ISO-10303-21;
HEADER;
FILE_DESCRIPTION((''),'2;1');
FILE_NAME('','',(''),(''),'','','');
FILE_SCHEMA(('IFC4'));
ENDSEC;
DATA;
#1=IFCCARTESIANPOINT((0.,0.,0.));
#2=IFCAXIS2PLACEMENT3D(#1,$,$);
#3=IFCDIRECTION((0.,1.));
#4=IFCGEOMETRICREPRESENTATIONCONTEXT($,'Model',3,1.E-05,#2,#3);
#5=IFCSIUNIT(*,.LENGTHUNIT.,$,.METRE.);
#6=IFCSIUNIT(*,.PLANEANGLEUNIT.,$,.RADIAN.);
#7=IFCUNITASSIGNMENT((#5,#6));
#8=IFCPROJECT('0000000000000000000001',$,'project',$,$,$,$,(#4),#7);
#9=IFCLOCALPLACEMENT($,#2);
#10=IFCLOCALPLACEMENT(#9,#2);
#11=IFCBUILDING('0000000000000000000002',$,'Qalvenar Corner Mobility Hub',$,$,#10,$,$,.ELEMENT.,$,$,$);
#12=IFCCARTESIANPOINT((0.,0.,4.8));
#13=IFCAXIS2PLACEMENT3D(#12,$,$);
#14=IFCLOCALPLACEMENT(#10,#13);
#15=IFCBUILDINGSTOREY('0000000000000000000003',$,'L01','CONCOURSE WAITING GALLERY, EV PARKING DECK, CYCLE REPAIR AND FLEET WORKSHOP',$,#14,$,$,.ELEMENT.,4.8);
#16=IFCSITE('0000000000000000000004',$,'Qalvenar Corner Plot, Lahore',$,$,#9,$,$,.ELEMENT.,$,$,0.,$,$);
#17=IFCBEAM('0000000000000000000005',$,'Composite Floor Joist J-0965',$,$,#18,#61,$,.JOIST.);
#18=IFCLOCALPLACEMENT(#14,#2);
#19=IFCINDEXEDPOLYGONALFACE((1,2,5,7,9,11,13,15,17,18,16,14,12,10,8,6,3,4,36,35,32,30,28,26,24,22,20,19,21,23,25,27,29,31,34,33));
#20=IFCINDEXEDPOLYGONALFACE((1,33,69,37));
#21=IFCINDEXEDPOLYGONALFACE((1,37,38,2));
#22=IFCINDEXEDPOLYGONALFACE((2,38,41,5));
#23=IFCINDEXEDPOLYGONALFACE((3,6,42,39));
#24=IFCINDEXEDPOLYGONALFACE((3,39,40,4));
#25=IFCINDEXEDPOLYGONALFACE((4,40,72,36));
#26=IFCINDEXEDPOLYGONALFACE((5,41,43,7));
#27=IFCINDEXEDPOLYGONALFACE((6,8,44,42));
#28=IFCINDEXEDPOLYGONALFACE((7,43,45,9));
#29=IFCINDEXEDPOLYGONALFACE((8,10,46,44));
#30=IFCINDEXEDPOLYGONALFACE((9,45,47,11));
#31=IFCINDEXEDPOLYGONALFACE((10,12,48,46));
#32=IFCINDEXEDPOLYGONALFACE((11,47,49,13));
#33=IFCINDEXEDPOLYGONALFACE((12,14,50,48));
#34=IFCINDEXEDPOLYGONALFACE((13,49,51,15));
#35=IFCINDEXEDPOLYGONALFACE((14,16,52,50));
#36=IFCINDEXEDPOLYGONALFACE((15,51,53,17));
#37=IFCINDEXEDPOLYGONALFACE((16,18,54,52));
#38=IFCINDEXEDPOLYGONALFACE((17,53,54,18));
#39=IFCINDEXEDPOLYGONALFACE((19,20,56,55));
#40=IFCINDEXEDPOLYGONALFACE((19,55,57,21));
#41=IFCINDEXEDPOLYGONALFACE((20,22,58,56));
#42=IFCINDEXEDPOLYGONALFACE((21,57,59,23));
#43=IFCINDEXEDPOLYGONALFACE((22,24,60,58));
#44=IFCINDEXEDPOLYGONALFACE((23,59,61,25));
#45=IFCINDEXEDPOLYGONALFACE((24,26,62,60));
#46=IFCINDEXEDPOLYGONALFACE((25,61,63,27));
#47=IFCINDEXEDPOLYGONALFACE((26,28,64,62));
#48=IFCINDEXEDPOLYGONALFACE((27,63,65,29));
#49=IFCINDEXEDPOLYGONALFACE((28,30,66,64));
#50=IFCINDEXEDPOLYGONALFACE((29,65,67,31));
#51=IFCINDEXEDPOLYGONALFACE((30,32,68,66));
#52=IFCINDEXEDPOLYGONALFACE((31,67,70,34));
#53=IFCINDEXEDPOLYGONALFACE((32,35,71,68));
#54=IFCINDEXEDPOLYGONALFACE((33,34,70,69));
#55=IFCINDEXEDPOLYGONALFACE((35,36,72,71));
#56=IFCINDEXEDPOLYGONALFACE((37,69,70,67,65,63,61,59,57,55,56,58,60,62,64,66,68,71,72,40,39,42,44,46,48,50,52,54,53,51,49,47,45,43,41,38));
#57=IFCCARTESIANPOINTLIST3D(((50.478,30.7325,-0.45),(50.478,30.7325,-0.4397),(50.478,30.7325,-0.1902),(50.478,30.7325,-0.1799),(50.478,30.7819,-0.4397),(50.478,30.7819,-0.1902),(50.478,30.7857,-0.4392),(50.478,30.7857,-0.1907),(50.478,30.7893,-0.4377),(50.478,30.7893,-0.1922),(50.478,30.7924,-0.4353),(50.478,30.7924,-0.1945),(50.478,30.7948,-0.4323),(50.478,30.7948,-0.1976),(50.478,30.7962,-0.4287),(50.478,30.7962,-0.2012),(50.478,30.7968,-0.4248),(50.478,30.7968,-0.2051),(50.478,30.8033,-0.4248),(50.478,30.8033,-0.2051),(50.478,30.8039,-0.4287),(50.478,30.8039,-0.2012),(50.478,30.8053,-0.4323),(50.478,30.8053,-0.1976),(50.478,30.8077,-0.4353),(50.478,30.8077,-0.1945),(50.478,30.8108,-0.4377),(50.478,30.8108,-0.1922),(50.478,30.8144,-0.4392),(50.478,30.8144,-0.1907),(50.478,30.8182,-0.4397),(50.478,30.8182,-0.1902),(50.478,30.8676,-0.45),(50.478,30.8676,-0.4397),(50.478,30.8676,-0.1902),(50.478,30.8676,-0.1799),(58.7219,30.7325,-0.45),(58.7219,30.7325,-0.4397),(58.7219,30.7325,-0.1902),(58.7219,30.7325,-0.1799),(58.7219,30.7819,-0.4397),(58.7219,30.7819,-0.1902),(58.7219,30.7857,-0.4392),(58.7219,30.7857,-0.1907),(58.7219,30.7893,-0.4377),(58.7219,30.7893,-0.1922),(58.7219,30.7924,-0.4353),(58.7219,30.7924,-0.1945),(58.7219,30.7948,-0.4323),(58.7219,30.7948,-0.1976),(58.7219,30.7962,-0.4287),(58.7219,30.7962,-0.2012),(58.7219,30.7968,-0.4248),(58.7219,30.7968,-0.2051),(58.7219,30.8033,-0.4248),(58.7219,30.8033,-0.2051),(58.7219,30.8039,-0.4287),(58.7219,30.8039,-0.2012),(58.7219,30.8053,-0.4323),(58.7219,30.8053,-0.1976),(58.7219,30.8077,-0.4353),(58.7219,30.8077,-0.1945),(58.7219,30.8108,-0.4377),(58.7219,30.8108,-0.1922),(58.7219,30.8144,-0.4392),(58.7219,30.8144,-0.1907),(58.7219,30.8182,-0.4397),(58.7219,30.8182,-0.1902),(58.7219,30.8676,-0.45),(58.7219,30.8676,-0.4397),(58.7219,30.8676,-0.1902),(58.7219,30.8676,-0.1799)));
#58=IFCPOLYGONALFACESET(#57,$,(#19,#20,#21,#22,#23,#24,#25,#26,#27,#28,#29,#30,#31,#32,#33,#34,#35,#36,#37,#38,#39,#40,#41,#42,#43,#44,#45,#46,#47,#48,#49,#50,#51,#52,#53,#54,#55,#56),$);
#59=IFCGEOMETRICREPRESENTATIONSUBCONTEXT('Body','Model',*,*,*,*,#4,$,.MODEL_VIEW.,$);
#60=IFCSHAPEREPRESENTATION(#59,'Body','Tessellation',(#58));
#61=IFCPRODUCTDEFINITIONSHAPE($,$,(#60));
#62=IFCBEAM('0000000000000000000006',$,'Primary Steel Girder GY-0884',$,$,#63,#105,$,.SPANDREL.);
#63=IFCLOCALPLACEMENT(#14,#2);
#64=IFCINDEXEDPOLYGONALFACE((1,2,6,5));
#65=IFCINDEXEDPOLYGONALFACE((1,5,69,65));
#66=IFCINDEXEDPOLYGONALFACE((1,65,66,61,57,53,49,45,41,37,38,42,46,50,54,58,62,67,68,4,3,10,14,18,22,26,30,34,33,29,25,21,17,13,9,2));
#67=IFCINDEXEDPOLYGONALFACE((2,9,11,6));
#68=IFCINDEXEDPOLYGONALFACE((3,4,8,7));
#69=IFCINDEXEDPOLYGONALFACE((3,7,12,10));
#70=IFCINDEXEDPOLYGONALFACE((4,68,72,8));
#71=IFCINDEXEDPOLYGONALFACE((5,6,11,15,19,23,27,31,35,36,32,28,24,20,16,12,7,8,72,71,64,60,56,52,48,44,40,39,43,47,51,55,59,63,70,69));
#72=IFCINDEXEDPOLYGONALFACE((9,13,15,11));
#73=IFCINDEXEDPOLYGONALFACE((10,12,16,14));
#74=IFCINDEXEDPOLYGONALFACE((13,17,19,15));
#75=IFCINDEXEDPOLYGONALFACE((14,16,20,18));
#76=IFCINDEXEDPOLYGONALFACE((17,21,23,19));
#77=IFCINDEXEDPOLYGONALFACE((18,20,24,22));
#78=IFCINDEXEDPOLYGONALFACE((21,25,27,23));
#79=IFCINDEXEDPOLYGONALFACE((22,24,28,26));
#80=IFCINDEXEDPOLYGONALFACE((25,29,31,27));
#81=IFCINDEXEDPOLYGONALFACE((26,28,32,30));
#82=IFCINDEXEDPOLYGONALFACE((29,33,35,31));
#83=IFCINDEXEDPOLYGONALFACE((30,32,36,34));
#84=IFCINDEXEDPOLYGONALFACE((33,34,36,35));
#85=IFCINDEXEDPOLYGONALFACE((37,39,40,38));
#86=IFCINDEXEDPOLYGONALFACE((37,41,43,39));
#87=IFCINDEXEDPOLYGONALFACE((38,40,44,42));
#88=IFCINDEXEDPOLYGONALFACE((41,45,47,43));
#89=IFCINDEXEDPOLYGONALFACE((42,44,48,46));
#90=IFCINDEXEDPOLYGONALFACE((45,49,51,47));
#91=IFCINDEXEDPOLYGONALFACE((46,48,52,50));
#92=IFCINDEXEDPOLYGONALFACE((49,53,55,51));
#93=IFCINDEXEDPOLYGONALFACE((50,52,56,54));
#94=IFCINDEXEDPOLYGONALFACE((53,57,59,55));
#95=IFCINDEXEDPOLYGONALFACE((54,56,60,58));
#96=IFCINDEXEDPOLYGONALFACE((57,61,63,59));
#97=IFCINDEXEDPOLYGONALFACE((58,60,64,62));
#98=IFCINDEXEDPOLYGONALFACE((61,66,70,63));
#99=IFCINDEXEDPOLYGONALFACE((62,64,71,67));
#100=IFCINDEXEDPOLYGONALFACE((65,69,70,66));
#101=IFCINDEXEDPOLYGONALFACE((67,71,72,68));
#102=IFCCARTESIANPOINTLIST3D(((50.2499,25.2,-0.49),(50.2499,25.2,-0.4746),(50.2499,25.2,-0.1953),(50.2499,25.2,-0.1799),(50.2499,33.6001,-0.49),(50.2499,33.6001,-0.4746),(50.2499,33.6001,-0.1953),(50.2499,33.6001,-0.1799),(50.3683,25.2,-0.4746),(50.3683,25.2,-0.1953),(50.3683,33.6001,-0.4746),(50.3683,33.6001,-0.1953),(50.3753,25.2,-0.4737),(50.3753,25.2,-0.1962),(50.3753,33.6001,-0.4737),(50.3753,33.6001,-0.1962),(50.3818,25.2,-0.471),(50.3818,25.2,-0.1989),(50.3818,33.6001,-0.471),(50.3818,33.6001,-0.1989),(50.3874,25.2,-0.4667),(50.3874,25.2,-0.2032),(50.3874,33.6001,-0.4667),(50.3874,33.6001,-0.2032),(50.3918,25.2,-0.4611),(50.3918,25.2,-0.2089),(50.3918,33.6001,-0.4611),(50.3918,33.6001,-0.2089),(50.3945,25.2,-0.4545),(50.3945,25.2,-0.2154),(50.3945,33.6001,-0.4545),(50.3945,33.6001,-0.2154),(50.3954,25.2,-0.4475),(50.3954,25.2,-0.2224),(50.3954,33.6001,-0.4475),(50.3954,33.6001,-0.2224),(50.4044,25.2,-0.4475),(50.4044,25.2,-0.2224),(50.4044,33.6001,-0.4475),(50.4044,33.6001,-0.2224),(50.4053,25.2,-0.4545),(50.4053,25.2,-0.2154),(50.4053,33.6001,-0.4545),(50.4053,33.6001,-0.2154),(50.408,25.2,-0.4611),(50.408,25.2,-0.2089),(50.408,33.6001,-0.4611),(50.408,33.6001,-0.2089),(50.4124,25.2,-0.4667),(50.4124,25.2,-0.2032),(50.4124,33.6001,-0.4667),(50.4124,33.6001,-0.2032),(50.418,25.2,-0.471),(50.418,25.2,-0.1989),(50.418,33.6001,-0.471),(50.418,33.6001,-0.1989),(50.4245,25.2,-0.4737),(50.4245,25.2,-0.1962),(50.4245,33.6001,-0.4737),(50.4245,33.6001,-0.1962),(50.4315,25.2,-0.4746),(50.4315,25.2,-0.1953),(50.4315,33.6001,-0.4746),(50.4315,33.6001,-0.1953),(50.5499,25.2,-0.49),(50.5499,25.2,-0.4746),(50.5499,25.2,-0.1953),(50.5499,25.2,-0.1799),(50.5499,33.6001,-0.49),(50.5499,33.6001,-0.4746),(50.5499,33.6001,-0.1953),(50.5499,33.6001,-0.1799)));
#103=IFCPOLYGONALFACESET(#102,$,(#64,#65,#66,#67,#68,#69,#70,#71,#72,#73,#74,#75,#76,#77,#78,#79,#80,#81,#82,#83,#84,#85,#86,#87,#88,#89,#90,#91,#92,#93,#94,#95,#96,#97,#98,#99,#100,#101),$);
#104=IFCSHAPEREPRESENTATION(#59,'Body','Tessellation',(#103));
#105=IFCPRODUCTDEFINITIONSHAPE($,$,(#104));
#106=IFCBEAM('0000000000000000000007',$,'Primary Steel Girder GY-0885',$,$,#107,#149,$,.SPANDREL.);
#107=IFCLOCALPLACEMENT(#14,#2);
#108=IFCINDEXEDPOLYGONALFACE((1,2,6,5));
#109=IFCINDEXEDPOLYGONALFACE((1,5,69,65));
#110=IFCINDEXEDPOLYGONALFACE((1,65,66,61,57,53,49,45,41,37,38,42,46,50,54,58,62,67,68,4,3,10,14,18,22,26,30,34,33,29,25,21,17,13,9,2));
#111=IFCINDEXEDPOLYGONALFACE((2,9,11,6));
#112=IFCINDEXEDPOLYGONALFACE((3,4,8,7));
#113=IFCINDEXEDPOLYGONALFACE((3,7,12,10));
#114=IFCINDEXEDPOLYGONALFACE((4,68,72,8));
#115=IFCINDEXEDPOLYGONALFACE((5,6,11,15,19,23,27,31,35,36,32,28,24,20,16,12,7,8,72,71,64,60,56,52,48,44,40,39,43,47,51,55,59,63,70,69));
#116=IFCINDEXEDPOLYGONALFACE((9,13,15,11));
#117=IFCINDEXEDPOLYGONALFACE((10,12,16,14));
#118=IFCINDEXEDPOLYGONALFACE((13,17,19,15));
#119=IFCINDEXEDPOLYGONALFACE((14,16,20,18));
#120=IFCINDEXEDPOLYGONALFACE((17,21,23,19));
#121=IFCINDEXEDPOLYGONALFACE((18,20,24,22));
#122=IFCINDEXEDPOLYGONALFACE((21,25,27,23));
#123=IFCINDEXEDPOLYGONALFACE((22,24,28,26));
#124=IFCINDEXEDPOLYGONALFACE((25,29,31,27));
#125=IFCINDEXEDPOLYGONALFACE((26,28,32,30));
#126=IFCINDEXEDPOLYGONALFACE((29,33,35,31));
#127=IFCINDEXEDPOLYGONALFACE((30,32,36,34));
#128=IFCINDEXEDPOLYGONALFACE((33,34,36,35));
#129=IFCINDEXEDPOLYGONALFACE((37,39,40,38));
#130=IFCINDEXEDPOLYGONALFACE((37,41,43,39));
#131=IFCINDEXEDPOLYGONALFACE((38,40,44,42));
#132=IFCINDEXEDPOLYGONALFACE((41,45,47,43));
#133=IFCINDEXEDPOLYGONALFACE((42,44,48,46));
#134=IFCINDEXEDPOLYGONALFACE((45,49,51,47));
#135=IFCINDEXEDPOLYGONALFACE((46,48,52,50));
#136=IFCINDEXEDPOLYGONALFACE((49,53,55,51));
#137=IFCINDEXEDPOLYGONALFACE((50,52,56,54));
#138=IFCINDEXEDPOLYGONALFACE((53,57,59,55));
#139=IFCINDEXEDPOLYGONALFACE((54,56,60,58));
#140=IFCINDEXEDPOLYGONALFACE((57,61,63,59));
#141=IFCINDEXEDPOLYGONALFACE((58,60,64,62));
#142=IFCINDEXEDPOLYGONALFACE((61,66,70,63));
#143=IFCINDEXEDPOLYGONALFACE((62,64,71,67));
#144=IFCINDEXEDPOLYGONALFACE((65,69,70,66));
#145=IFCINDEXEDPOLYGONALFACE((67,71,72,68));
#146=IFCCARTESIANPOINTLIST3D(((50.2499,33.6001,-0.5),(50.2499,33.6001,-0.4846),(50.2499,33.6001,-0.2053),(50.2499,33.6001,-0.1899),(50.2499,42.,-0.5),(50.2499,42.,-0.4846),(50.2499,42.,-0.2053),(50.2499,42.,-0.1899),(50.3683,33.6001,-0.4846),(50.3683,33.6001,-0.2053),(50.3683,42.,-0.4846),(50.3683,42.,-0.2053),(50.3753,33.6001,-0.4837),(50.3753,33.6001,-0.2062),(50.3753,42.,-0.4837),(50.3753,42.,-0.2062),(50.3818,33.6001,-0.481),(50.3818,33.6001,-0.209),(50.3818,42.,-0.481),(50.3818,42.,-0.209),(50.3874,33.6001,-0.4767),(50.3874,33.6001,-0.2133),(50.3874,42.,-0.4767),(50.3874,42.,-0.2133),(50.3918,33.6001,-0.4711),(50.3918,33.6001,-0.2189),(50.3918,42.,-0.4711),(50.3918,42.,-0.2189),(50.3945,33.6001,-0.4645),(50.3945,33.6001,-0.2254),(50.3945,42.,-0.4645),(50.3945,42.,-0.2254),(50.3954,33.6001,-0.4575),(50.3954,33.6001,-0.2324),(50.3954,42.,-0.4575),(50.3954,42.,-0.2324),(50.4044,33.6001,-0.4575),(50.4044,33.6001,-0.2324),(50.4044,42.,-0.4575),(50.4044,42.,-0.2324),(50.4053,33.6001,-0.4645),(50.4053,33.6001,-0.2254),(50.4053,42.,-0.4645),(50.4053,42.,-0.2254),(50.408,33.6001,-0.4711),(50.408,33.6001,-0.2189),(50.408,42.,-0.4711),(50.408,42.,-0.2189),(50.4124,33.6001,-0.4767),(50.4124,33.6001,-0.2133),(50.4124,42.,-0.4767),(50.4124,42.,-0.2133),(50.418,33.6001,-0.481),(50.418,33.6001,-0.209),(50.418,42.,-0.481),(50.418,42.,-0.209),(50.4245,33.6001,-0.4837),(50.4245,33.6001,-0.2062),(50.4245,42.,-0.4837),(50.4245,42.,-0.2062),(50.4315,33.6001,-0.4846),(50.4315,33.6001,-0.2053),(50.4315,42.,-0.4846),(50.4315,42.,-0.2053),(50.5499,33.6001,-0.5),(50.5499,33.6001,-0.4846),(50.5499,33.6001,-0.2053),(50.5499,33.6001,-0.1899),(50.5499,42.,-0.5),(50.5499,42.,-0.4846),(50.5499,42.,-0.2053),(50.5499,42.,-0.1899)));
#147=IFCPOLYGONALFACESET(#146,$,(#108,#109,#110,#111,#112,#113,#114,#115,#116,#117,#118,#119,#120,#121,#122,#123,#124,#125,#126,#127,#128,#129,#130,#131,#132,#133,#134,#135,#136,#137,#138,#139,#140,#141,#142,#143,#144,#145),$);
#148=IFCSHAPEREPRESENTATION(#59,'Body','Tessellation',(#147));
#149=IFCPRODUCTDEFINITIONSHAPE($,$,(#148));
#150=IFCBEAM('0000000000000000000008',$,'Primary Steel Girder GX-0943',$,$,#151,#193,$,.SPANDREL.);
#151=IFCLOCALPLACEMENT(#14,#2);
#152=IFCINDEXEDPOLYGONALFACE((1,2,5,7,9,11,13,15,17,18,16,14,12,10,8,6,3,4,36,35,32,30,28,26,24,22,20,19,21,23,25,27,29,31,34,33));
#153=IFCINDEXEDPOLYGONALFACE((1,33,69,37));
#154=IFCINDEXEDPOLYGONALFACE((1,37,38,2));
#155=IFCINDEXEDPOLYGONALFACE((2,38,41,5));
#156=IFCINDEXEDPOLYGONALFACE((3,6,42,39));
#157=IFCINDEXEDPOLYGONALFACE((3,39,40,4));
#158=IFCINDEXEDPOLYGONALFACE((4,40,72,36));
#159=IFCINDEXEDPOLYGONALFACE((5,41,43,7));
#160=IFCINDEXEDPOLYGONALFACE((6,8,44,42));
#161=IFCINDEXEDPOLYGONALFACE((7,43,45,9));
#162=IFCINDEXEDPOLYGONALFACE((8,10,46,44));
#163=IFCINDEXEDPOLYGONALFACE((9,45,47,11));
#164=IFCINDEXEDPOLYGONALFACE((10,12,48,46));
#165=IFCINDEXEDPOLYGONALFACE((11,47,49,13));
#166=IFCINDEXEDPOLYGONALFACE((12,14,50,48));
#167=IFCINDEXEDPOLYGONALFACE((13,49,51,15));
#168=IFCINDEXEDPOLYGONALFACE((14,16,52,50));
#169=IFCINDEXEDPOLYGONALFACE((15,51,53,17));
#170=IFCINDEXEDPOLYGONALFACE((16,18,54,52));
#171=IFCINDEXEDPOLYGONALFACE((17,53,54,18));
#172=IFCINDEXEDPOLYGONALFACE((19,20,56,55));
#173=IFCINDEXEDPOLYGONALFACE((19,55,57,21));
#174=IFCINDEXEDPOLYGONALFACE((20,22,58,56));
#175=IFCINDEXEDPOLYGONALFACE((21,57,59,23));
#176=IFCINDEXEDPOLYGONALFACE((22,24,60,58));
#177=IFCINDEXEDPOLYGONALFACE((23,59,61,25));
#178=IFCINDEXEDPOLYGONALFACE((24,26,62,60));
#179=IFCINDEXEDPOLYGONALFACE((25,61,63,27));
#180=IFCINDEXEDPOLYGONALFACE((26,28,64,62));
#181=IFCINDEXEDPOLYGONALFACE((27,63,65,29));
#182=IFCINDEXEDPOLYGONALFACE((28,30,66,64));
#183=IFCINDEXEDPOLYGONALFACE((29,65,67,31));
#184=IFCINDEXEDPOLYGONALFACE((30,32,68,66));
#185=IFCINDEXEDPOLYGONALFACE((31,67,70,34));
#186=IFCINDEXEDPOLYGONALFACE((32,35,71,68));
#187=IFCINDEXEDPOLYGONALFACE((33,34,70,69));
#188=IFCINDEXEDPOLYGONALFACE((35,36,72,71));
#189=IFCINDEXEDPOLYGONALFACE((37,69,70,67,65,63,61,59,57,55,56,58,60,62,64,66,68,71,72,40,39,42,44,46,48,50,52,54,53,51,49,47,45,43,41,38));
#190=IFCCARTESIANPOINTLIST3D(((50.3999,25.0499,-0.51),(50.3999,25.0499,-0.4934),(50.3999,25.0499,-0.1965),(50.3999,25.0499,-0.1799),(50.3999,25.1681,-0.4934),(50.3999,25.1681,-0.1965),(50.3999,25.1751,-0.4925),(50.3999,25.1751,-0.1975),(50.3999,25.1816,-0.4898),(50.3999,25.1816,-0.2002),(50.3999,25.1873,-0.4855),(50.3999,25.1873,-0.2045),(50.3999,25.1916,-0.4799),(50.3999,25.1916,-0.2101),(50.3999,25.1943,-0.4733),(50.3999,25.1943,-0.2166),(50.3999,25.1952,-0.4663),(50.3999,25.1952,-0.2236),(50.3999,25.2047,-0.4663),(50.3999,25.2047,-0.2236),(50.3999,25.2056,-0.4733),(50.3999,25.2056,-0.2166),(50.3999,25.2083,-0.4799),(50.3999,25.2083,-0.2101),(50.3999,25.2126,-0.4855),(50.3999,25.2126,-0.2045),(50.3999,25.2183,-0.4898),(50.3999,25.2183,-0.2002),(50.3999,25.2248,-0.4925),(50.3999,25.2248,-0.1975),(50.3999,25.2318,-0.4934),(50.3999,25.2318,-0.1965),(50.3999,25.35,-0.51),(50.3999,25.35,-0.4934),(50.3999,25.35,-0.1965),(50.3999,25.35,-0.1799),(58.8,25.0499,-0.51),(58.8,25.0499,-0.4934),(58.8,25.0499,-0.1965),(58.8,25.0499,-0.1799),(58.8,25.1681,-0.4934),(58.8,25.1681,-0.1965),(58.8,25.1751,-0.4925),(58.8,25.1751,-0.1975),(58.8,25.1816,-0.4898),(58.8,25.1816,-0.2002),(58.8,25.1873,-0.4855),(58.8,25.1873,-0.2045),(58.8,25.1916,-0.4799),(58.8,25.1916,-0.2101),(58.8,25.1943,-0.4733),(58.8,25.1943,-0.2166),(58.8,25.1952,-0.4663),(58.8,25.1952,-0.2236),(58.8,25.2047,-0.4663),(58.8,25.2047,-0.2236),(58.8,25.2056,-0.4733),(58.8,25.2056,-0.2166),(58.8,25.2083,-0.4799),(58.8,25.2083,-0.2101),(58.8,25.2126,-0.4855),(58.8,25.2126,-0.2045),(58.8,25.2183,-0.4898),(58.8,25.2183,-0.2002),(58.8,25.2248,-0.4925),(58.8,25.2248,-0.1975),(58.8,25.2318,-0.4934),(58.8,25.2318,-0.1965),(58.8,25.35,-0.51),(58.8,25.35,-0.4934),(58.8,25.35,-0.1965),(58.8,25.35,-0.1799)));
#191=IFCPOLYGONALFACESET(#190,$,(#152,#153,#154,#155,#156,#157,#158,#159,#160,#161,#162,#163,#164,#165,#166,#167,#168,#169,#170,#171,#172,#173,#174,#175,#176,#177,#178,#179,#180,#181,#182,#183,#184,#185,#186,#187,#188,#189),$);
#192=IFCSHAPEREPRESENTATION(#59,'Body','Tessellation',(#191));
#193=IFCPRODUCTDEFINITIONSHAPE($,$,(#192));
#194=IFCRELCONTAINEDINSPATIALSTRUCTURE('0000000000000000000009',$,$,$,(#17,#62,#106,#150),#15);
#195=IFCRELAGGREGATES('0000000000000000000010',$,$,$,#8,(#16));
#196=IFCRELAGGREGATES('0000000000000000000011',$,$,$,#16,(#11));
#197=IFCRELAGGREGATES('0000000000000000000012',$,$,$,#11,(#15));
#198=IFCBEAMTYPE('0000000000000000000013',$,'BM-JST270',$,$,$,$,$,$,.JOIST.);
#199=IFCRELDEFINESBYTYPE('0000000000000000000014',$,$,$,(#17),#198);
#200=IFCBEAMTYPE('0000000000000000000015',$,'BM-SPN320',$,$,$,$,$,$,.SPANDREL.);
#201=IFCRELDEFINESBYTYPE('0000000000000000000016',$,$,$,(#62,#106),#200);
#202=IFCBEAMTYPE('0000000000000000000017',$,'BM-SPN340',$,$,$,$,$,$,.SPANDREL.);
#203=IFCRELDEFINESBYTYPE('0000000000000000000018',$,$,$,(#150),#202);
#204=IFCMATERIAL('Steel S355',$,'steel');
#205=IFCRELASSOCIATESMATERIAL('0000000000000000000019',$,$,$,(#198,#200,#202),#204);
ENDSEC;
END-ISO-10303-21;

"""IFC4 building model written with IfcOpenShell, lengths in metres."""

from ifc_helpers import new_model, si_unit, direction, frame, origin, origin_2d, place, context, subcontext, project, spatial, i_section, extrude, material, material_profile, profile_set, type_object, element, save


model = new_model("IFC4")

# Units and contexts
model_context = context("Model", 3, precision=1e-05, world=origin(), true_north=direction((0.0, 1.0)))
body_context = subcontext(model_context, "Body", "Model", "MODEL_VIEW")
ifc_project = project(units=[si_unit("LENGTHUNIT", "METRE"), si_unit("PLANEANGLEUNIT", "RADIAN")], contexts=[model_context])

# Site, building, storey
site_placement = place(None, origin())
site = spatial("IfcSite", under=ifc_project, at=site_placement, Name="Qalvenar Corner Plot, Lahore", CompositionType="ELEMENT", RefElevation=0.0)
building_placement = place(site_placement, origin())
building = spatial("IfcBuilding", under=site, at=building_placement, Name="Qalvenar Corner Mobility Hub", CompositionType="ELEMENT")
storey_placement = place(building_placement, frame((0.0, 0.0, 4.8)))
storey = spatial("IfcBuildingStorey", under=building, at=storey_placement, Name="L01", Description="CONCOURSE WAITING GALLERY, EV PARKING DECK, CYCLE REPAIR AND FLEET WORKSHOP", CompositionType="ELEMENT", Elevation=4.8)

# Shared definitions
ifc_material_1 = material(Name="Steel S355", Category="steel")

# Beams
ifc_material_profile_1 = material_profile(ifc_material_1, i_section(OverallWidth=0.135, OverallDepth=0.27, WebThickness=0.0066, FlangeThickness=0.0103, FilletRadius=0.0149, at=origin_2d()), Name="IPE270")
ifc_profile_set_1 = profile_set([ifc_material_profile_1], Name="Steel S355")
beam_type_1 = type_object("IfcBeamType", Name="BM-JST270", PredefinedType="JOIST", material=ifc_profile_set_1)
for number, where, z_axis, x_axis, name in (
    (1, (50.478, 30.8, -0.3149), (1.0, 0.0, 0.0), (0.0, 1.0, 0.0), "Composite Floor Joist J-0965"),
):
    element("IfcBeam", number, at=place(storey_placement, frame(where, z_axis=z_axis, x_axis=x_axis)), inside=storey, type_object=beam_type_1, Name=name, PredefinedType="JOIST", context=body_context, shape_type="SweptSolid", body=[
        extrude(i_section(OverallWidth=0.135, OverallDepth=0.27, WebThickness=0.0066, FlangeThickness=0.0103, FilletRadius=0.0149, at=origin_2d()), origin(), (0.0, 0.0, 1.0), 8.2439),
    ])
ifc_material_profile_2 = material_profile(ifc_material_1, i_section(OverallWidth=0.3, OverallDepth=0.3101, WebThickness=0.009, FlangeThickness=0.0154, FilletRadius=0.0271, at=origin_2d()), Name="HEA320")
ifc_profile_set_2 = profile_set([ifc_material_profile_2], Name="Steel S355")
beam_type_2 = type_object("IfcBeamType", Name="BM-SPN320", PredefinedType="SPANDREL", material=ifc_profile_set_2)
beam_1_placement = place(storey_placement, frame((50.3999, 25.2, -0.335), z_axis=(0.0, 1.0, 0.0), x_axis=(-1.0, 0.0, 0.0)))
element("IfcBeam", 2, at=beam_1_placement, inside=storey, type_object=beam_type_2, Name="Primary Steel Girder GY-0884", PredefinedType="SPANDREL", context=body_context, shape_type="SweptSolid", body=[
    extrude(i_section(OverallWidth=0.3, OverallDepth=0.3101, WebThickness=0.009, FlangeThickness=0.0154, FilletRadius=0.0271, at=origin_2d()), origin(), (0.0, 0.0, 1.0), 8.4001),
])
beam_2_placement = place(storey_placement, frame((50.3999, 33.6001, -0.345), z_axis=(0.0, 1.0, 0.0), x_axis=(-1.0, 0.0, 0.0)))
element("IfcBeam", 3, at=beam_2_placement, inside=storey, type_object=beam_type_2, Name="Primary Steel Girder GY-0885", PredefinedType="SPANDREL", context=body_context, shape_type="SweptSolid", body=[
    extrude(i_section(OverallWidth=0.3, OverallDepth=0.3101, WebThickness=0.009, FlangeThickness=0.0154, FilletRadius=0.0271, at=origin_2d()), origin(), (0.0, 0.0, 1.0), 8.3999),
])
ifc_material_profile_3 = material_profile(ifc_material_1, i_section(OverallWidth=0.3, OverallDepth=0.3301, WebThickness=0.0095, FlangeThickness=0.0166, FilletRadius=0.0271, at=origin_2d()), Name="HEA340")
ifc_profile_set_3 = profile_set([ifc_material_profile_3], Name="Steel S355")
beam_type_3 = type_object("IfcBeamType", Name="BM-SPN340", PredefinedType="SPANDREL", material=ifc_profile_set_3)
beam_3_placement = place(storey_placement, frame((50.3999, 25.2, -0.345), z_axis=(1.0, 0.0, 0.0), x_axis=(0.0, 1.0, 0.0)))
element("IfcBeam", 4, at=beam_3_placement, inside=storey, type_object=beam_type_3, Name="Primary Steel Girder GX-0943", PredefinedType="SPANDREL", context=body_context, shape_type="SweptSolid", body=[
    extrude(i_section(OverallWidth=0.3, OverallDepth=0.3301, WebThickness=0.0095, FlangeThickness=0.0166, FilletRadius=0.0271, at=origin_2d()), origin(), (0.0, 0.0, 1.0), 8.4001),
])

save(model, "model.ifc")
